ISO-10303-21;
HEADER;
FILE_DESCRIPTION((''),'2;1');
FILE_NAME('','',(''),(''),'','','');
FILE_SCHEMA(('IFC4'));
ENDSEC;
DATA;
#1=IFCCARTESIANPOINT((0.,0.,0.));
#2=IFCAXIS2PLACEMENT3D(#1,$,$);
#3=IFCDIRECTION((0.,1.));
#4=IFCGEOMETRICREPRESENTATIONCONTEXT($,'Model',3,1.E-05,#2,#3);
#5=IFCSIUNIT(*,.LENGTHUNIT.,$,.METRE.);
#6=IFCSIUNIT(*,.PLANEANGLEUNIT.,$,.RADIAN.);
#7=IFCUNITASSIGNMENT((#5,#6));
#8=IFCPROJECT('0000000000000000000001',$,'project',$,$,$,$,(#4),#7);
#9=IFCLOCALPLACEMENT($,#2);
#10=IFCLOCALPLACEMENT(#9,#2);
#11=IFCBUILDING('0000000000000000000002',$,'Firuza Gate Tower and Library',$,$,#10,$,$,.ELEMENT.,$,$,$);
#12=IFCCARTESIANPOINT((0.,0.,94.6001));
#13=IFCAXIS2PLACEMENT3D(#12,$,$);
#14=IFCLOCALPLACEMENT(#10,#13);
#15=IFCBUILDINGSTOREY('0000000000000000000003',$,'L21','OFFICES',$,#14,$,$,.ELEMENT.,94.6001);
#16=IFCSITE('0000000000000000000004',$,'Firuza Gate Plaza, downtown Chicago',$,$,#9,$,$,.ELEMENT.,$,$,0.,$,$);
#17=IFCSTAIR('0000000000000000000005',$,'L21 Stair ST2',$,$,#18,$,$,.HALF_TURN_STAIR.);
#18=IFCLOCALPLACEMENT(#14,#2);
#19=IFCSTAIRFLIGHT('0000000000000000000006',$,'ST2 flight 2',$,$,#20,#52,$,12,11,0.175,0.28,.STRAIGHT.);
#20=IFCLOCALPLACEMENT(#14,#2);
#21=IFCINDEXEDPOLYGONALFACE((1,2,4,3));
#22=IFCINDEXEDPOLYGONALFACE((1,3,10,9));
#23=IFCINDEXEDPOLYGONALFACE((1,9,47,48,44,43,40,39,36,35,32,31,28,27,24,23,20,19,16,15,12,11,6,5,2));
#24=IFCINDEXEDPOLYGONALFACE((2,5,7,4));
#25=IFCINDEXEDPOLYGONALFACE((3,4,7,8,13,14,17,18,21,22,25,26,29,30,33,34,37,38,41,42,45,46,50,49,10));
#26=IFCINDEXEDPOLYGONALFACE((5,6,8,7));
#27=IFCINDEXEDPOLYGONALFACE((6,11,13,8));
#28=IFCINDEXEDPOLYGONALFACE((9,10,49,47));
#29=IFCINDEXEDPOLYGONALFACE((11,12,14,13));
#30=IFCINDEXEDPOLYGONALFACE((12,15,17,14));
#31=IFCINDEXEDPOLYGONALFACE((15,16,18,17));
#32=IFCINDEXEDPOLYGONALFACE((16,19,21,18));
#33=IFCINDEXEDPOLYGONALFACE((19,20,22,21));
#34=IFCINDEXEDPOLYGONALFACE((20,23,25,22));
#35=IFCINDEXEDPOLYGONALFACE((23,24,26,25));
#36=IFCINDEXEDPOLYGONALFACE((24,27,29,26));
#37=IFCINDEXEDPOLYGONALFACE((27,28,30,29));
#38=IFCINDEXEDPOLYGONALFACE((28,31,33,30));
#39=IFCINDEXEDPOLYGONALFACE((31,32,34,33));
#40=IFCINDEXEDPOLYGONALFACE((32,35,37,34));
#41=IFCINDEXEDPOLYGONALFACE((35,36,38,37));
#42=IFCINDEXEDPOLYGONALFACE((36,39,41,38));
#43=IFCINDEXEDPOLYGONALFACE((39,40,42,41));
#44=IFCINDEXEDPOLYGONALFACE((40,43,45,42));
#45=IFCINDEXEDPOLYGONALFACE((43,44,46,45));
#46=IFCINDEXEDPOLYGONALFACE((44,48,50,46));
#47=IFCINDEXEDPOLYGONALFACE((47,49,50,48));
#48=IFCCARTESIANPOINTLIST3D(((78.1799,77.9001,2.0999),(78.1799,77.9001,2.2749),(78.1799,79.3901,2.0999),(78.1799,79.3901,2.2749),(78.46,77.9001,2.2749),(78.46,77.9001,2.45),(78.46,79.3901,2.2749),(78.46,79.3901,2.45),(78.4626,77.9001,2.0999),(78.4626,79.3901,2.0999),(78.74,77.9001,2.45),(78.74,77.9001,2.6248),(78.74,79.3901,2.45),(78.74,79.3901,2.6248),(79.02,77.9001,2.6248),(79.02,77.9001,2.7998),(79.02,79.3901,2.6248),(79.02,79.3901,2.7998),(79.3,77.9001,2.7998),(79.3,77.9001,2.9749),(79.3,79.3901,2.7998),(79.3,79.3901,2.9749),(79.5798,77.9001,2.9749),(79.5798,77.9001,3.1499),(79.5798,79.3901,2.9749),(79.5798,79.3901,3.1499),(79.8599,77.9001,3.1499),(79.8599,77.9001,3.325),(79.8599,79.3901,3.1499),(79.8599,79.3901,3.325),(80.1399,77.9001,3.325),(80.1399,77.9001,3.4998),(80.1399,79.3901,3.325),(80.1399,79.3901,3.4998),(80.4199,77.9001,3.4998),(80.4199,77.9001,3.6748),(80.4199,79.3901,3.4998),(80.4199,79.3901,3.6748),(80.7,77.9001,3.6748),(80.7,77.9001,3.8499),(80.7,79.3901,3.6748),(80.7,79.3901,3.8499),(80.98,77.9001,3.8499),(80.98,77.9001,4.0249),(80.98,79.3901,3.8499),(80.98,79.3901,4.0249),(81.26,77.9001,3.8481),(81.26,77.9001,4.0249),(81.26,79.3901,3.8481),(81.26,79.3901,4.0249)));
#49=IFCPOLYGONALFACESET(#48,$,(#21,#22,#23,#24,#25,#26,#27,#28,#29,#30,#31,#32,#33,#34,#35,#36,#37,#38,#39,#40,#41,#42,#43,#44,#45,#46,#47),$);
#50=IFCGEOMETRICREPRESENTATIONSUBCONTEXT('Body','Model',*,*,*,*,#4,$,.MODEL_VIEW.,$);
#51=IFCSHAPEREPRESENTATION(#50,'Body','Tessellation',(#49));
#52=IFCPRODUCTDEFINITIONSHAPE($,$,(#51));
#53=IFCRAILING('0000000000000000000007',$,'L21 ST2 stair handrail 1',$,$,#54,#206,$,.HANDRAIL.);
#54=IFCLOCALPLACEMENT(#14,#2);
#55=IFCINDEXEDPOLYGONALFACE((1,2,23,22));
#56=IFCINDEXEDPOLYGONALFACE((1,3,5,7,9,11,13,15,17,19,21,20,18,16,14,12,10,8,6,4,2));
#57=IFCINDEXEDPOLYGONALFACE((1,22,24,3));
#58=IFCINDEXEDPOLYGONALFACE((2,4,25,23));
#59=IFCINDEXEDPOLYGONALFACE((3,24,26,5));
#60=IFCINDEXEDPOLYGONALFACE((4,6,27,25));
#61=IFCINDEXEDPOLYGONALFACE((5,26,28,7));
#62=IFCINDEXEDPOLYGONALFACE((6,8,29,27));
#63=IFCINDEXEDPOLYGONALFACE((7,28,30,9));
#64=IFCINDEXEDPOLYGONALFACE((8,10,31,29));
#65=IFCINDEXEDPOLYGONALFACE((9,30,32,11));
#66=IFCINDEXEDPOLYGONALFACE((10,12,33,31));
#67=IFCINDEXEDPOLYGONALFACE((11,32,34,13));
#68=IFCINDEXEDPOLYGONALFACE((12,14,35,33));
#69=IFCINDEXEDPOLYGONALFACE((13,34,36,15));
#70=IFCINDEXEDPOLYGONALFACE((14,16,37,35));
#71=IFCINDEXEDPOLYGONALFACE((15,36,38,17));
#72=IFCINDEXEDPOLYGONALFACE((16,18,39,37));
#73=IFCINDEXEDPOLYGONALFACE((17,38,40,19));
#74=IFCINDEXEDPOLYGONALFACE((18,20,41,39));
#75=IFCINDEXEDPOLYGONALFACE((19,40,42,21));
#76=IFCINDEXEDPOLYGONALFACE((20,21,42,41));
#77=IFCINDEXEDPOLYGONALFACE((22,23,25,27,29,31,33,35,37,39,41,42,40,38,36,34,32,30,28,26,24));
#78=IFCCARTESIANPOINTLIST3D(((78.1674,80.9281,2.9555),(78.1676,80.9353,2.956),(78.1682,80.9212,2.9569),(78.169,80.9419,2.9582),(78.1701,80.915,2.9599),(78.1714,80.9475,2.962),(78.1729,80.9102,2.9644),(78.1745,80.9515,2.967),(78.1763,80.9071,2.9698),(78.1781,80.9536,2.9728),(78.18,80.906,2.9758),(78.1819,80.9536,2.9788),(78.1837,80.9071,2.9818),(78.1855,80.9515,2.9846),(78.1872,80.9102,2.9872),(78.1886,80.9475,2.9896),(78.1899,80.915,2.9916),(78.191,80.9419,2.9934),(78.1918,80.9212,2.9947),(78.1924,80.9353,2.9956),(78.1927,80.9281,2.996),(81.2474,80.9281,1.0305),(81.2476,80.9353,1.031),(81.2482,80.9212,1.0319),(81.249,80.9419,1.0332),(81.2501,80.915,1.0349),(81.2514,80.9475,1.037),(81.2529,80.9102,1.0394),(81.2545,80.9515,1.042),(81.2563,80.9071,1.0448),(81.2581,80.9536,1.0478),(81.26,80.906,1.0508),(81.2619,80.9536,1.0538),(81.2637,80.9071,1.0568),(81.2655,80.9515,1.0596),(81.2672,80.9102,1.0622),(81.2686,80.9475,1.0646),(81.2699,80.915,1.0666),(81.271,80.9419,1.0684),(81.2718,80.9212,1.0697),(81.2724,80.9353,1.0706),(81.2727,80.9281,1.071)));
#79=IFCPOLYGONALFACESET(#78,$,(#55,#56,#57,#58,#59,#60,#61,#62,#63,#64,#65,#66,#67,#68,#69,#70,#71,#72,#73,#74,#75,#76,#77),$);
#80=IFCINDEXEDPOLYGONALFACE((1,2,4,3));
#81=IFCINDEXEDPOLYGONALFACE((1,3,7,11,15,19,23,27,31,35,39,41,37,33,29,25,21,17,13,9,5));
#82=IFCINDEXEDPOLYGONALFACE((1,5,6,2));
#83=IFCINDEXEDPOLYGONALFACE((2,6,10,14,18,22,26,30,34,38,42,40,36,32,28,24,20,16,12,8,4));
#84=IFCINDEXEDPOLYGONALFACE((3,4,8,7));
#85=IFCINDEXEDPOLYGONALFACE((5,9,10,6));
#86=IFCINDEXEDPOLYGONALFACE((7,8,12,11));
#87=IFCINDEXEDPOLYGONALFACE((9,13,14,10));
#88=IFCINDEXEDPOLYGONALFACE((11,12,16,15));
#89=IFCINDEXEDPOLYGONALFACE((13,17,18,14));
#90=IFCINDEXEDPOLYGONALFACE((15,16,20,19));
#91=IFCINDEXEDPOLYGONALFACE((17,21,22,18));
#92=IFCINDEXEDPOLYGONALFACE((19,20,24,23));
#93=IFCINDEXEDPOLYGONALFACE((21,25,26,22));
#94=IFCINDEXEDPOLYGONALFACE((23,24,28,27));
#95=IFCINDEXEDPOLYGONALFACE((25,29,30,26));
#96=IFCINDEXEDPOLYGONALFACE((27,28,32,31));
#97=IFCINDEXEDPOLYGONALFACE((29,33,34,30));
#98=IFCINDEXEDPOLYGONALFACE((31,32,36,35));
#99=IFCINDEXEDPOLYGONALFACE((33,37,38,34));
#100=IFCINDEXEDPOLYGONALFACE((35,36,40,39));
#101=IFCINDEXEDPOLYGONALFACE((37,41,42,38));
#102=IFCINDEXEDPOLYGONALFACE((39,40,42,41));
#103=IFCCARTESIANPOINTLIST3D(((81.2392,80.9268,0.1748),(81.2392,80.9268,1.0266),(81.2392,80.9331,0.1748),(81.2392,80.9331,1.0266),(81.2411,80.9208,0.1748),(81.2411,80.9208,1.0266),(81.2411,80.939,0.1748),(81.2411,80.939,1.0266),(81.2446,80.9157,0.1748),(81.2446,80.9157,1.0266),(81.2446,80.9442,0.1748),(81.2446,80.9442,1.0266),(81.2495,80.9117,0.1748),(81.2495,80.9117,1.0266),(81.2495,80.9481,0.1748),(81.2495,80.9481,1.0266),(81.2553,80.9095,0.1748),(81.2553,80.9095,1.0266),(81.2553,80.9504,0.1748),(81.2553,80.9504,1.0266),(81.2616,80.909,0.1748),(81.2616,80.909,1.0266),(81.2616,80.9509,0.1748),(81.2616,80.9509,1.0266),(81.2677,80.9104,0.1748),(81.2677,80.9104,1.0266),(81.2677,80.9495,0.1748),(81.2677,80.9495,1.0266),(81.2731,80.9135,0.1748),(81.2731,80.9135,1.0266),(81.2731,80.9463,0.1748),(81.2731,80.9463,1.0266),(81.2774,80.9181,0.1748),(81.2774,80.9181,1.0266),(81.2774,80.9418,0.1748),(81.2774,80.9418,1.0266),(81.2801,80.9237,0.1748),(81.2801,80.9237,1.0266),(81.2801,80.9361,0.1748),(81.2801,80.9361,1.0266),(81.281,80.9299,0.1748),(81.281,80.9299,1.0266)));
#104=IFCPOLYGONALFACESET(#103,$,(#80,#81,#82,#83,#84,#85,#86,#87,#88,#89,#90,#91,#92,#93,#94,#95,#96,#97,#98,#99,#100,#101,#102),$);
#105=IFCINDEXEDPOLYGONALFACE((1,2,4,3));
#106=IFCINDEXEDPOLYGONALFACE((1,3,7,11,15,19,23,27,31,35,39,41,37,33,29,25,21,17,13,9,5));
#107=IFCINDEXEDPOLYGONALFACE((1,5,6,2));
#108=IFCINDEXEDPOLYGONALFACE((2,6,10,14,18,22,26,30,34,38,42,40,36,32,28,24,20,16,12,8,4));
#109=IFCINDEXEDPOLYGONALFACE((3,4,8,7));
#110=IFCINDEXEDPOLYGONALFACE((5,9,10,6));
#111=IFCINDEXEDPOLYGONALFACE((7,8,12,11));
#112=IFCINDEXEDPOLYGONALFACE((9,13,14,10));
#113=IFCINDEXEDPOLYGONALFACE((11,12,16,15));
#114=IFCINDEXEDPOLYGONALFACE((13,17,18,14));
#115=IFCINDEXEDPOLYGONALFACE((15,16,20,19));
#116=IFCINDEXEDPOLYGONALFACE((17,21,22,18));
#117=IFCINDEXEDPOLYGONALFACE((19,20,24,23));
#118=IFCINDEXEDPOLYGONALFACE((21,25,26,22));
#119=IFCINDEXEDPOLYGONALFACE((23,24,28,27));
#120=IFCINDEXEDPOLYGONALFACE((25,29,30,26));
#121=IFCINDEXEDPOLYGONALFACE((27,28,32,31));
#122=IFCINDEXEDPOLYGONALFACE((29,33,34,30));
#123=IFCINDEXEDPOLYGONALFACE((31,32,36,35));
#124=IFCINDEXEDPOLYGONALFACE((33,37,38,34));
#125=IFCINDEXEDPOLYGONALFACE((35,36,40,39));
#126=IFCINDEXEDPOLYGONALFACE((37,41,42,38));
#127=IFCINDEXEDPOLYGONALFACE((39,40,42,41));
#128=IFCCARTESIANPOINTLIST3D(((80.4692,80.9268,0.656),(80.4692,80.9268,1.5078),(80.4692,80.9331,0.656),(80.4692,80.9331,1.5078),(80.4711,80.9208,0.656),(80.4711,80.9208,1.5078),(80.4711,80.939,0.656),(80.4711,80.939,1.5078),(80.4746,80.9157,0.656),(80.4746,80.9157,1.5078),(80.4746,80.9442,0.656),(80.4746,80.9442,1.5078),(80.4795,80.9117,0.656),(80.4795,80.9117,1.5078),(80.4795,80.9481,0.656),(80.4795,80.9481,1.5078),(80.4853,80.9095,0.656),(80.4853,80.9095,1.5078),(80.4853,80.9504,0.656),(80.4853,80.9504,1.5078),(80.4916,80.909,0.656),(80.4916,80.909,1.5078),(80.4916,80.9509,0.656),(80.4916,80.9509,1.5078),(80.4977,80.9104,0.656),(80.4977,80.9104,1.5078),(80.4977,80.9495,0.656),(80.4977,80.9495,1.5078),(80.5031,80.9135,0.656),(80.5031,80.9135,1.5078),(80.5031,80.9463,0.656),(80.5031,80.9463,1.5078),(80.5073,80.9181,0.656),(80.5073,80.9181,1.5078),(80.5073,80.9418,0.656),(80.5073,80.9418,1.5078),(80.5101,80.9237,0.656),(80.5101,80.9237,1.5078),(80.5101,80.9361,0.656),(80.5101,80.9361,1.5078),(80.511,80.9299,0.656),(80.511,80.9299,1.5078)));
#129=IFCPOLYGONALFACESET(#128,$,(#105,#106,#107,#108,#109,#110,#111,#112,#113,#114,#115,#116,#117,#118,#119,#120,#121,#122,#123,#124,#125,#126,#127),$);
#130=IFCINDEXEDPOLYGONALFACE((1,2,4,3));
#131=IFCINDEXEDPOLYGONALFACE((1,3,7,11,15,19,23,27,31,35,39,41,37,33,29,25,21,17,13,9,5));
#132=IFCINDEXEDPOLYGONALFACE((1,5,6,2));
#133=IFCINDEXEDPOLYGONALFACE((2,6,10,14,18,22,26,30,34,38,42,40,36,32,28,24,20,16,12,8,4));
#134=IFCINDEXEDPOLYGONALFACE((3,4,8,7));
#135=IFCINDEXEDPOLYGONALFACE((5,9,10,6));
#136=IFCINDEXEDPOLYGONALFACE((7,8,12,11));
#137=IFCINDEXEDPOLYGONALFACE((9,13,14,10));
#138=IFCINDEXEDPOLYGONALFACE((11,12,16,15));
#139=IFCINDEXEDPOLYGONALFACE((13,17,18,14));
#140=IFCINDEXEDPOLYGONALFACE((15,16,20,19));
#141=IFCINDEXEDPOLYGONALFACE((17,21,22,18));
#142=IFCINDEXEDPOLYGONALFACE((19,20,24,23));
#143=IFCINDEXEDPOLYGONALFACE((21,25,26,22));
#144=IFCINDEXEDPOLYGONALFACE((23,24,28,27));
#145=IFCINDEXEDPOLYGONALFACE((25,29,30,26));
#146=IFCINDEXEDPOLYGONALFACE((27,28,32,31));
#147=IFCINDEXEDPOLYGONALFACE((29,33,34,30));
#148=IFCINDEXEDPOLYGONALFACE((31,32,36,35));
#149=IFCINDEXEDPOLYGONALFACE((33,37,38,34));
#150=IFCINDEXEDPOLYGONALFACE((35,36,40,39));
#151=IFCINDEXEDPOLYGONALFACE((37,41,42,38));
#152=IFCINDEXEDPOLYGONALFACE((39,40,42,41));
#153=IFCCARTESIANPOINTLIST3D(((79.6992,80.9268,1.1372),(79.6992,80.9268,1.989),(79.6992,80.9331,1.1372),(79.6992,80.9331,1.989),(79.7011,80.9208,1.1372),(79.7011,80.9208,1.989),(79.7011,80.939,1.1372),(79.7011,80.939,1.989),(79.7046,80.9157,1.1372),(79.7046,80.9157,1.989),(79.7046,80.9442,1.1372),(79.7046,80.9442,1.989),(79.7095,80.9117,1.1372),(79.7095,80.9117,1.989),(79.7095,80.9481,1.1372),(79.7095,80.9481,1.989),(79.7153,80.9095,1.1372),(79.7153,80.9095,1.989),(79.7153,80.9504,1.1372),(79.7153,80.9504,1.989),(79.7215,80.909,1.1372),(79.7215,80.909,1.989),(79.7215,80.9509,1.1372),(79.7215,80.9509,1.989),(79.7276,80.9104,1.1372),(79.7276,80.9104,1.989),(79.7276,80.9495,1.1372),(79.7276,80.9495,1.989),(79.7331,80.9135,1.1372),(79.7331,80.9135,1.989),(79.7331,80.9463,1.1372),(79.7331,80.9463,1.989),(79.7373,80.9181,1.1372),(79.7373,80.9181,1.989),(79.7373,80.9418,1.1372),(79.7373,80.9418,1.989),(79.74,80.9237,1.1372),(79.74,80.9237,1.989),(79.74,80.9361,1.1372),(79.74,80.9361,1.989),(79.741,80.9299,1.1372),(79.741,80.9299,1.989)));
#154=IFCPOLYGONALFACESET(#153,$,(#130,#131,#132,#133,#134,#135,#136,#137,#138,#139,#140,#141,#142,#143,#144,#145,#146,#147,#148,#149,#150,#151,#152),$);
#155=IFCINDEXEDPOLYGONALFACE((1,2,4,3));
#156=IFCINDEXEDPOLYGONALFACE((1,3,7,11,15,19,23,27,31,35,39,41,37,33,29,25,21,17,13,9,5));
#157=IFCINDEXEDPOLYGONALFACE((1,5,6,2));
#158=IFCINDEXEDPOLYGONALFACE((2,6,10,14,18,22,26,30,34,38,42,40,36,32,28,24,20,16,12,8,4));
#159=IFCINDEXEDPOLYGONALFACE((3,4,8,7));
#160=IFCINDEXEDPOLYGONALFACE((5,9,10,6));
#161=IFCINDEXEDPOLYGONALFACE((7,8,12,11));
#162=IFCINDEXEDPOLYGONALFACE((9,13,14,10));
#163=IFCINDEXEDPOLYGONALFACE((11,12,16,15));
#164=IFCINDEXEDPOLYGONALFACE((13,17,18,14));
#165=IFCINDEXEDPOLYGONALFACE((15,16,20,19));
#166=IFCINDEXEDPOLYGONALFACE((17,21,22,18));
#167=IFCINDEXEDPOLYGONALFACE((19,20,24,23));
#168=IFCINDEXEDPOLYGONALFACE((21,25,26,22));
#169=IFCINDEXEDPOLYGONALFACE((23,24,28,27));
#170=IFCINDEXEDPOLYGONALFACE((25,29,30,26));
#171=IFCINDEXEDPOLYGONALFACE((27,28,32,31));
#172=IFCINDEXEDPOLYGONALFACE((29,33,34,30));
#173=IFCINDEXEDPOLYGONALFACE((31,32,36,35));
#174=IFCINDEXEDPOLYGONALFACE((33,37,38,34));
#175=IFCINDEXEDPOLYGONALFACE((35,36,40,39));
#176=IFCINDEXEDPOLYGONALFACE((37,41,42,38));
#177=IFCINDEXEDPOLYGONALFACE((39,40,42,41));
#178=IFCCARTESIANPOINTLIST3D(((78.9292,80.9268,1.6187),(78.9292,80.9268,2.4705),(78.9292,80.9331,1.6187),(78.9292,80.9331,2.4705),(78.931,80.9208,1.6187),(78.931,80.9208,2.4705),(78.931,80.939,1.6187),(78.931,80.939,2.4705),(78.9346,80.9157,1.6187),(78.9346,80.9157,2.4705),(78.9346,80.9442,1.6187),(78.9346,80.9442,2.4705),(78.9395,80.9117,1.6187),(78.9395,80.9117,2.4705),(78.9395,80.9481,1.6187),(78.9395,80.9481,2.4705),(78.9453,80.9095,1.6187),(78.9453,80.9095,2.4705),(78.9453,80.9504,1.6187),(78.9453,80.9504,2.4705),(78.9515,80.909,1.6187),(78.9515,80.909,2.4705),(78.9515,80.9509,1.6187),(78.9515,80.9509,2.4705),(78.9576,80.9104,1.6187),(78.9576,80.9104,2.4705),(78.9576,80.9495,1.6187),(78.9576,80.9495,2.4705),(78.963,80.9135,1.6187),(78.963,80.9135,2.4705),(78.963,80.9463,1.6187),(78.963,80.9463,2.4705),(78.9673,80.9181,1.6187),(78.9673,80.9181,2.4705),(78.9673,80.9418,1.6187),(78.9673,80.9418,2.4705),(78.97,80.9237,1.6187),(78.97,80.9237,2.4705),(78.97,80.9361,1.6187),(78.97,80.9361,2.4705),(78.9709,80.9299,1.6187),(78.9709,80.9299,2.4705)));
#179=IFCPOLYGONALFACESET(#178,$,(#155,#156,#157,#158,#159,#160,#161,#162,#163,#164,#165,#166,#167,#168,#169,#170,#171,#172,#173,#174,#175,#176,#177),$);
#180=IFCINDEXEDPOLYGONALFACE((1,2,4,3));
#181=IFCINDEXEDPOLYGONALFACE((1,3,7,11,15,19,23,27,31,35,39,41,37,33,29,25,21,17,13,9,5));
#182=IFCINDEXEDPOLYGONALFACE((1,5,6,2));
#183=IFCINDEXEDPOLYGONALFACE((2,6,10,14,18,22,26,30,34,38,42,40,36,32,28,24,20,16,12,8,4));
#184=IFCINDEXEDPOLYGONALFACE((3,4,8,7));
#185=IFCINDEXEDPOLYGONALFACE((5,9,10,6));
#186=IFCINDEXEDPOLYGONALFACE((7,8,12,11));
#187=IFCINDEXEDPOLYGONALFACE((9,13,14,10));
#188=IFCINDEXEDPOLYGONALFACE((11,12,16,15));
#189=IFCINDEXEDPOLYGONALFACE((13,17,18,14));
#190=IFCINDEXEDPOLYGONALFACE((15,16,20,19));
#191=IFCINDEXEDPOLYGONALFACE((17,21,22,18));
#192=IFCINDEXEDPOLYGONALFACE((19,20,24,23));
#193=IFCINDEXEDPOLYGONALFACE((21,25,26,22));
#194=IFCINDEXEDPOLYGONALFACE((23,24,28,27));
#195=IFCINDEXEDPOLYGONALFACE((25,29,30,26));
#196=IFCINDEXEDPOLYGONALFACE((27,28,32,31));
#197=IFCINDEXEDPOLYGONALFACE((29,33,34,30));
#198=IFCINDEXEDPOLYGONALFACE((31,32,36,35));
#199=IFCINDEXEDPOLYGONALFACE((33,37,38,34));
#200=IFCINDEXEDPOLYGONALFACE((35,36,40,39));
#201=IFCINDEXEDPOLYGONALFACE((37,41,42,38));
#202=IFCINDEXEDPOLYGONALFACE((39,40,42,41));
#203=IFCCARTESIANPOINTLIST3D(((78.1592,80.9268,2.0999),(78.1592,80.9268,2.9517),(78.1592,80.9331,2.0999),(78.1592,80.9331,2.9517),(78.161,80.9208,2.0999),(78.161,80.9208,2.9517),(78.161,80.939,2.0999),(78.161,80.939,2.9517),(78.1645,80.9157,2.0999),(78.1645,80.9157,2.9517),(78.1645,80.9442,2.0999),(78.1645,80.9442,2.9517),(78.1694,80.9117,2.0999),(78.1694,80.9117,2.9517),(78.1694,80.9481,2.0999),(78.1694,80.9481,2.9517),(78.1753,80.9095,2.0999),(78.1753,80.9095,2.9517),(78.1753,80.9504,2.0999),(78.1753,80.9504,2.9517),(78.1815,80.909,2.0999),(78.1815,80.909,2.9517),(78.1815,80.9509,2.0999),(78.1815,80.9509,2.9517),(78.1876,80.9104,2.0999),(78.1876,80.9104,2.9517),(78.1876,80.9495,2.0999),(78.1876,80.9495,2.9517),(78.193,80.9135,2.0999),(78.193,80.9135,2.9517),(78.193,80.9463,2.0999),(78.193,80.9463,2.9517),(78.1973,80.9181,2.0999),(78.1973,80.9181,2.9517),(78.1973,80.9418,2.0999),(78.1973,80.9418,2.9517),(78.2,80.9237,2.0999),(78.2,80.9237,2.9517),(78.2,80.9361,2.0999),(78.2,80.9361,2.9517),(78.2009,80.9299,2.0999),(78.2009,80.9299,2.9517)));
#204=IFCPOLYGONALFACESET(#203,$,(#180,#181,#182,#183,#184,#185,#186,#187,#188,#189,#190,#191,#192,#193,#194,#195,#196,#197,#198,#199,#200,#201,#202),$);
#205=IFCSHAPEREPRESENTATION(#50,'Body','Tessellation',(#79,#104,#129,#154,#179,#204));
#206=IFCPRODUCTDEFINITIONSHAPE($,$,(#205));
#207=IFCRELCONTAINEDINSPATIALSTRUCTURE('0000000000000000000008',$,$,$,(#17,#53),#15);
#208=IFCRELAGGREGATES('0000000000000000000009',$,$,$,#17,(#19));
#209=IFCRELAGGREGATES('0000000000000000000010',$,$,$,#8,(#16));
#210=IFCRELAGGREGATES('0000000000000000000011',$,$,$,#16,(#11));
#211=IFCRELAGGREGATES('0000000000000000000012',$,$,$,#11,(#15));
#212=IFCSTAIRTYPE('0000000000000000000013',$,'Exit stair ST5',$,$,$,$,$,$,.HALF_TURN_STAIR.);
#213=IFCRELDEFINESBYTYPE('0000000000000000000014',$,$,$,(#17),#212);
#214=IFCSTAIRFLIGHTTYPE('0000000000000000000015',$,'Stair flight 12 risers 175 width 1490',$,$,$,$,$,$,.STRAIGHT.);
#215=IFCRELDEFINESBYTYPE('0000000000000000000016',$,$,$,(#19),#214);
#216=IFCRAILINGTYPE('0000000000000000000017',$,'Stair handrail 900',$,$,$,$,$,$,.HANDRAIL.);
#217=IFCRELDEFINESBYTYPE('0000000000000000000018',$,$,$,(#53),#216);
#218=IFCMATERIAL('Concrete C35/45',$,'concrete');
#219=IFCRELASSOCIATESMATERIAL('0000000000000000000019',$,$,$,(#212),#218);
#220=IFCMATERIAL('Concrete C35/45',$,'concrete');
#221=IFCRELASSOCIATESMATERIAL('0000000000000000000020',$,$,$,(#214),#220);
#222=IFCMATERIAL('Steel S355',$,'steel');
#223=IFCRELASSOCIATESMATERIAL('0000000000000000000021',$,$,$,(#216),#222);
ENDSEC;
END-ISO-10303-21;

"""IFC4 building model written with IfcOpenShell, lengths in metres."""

from ifc_helpers import new_model, si_unit, direction, frame, origin, origin_2d, place, context, subcontext, project, spatial, polyline, circle, outline, extrude, material, type_object, element, aggregate, save


model = new_model("IFC4")

# Units and contexts
model_context = context("Model", 3, precision=1e-05, world=origin(), true_north=direction((0.0, 1.0)))
body_context = subcontext(model_context, "Body", "Model", "MODEL_VIEW")
ifc_project = project(units=[si_unit("LENGTHUNIT", "METRE"), si_unit("PLANEANGLEUNIT", "RADIAN")], contexts=[model_context])

# Site, building, storey
site_placement = place(None, origin())
site = spatial("IfcSite", under=ifc_project, at=site_placement, Name="Firuza Gate Plaza, downtown Chicago", CompositionType="ELEMENT", RefElevation=0.0)
building_placement = place(site_placement, origin())
building = spatial("IfcBuilding", under=site, at=building_placement, Name="Firuza Gate Tower and Library", CompositionType="ELEMENT")
storey_placement = place(building_placement, frame((0.0, 0.0, 94.6001)))
storey = spatial("IfcBuildingStorey", under=building, at=storey_placement, Name="L21", Description="OFFICES", CompositionType="ELEMENT", Elevation=94.6001)

# Stair, stair flight
ifc_material_1 = material(Name="Concrete C35/45", Category="concrete")
stair_type = type_object("IfcStairType", Name="Exit stair ST5", PredefinedType="HALF_TURN_STAIR", material=ifc_material_1)
stair_placement = place(storey_placement, origin())
stair = element("IfcStair", 1, at=stair_placement, inside=storey, type_object=stair_type, Name="L21 Stair ST2", PredefinedType="HALF_TURN_STAIR")
ifc_material_2 = material(Name="Concrete C35/45", Category="concrete")
stair_flight_type = type_object("IfcStairFlightType", Name="Stair flight 12 risers 175 width 1490", PredefinedType="STRAIGHT", material=ifc_material_2)
stair_flight_1_placement = place(storey_placement, frame((78.1799, 78.645, 2.0999), z_axis=(0.0, 0.0, 1.0), x_axis=(1.0, 0.0, 0.0)))
stair_flight_1 = element("IfcStairFlight", 2, at=stair_flight_1_placement, type_object=stair_flight_type, Name="ST2 flight 2", NumberOfRisers=12, NumberOfTreads=11, PredefinedType="STRAIGHT", RiserHeight=0.175, TreadLength=0.28, context=body_context, shape_type="SweptSolid", body=[
    extrude(outline(polyline([(0.0, 0.0), (0.0, 0.175), (0.28, 0.175), (0.28, 0.3501), (0.5601, 0.3501), (0.5601, 0.5249), (0.8401, 0.5249), (0.8401, 0.7), (1.1201, 0.7), (1.1201, 0.875), (1.3999, 0.875), (1.3999, 1.05), (1.6799, 1.05), (1.6799, 1.2251), (1.96, 1.2251), (1.96, 1.3999), (2.24, 1.3999), (2.24, 1.575), (2.52, 1.575), (2.52, 1.75), (2.8, 1.75), (2.8, 1.925), (3.0801, 1.925), (3.0801, 2.1001), (3.0801, 1.7483), (0.2827, 0.0), (0.0, 0.0)])), frame((0.0, 0.7451, 0.0), z_axis=(0.0, -1.0, 0.0), x_axis=(1.0, 0.0, 0.0)), (0.0, 0.0, 1.0), 1.49),
])
aggregate(stair, [stair_flight_1])

# Railing
ifc_material_3 = material(Name="Steel S355", Category="steel")
railing_type_1 = type_object("IfcRailingType", Name="Stair handrail 900", PredefinedType="HANDRAIL", material=ifc_material_3)
railing_1_placement = place(storey_placement, frame((81.26, 80.9299, 0.1748)))
element("IfcRailing", 3, at=railing_1_placement, inside=storey, type_object=railing_type_1, Name="L21 ST2 stair handrail 1", PredefinedType="HANDRAIL", context=body_context, shape_type="SweptSolid", body=[
    extrude(circle(Radius=0.0239, at=origin_2d()), frame((0.0, 0.0, 0.876), z_axis=(-0.847998, 0.0, 0.529999), x_axis=(0.0, -1.0, 0.0)), (0.0, 0.0, 1.0), 3.6321),
    extrude(circle(Radius=0.021, at=origin_2d()), origin(), (0.0, 0.0, 1.0), 0.8518),
    extrude(circle(Radius=0.021, at=origin_2d()), frame((-0.77, 0.0, 0.4812)), (0.0, 0.0, 1.0), 0.8518),
    extrude(circle(Radius=0.021, at=origin_2d()), frame((-1.54, 0.0, 0.9624)), (0.0, 0.0, 1.0), 0.8518),
    extrude(circle(Radius=0.021, at=origin_2d()), frame((-2.3101, 0.0, 1.4438)), (0.0, 0.0, 1.0), 0.8518),
    extrude(circle(Radius=0.021, at=origin_2d()), frame((-3.0801, 0.0, 1.925)), (0.0, 0.0, 1.0), 0.8518),
])

save(model, "model.ifc")
